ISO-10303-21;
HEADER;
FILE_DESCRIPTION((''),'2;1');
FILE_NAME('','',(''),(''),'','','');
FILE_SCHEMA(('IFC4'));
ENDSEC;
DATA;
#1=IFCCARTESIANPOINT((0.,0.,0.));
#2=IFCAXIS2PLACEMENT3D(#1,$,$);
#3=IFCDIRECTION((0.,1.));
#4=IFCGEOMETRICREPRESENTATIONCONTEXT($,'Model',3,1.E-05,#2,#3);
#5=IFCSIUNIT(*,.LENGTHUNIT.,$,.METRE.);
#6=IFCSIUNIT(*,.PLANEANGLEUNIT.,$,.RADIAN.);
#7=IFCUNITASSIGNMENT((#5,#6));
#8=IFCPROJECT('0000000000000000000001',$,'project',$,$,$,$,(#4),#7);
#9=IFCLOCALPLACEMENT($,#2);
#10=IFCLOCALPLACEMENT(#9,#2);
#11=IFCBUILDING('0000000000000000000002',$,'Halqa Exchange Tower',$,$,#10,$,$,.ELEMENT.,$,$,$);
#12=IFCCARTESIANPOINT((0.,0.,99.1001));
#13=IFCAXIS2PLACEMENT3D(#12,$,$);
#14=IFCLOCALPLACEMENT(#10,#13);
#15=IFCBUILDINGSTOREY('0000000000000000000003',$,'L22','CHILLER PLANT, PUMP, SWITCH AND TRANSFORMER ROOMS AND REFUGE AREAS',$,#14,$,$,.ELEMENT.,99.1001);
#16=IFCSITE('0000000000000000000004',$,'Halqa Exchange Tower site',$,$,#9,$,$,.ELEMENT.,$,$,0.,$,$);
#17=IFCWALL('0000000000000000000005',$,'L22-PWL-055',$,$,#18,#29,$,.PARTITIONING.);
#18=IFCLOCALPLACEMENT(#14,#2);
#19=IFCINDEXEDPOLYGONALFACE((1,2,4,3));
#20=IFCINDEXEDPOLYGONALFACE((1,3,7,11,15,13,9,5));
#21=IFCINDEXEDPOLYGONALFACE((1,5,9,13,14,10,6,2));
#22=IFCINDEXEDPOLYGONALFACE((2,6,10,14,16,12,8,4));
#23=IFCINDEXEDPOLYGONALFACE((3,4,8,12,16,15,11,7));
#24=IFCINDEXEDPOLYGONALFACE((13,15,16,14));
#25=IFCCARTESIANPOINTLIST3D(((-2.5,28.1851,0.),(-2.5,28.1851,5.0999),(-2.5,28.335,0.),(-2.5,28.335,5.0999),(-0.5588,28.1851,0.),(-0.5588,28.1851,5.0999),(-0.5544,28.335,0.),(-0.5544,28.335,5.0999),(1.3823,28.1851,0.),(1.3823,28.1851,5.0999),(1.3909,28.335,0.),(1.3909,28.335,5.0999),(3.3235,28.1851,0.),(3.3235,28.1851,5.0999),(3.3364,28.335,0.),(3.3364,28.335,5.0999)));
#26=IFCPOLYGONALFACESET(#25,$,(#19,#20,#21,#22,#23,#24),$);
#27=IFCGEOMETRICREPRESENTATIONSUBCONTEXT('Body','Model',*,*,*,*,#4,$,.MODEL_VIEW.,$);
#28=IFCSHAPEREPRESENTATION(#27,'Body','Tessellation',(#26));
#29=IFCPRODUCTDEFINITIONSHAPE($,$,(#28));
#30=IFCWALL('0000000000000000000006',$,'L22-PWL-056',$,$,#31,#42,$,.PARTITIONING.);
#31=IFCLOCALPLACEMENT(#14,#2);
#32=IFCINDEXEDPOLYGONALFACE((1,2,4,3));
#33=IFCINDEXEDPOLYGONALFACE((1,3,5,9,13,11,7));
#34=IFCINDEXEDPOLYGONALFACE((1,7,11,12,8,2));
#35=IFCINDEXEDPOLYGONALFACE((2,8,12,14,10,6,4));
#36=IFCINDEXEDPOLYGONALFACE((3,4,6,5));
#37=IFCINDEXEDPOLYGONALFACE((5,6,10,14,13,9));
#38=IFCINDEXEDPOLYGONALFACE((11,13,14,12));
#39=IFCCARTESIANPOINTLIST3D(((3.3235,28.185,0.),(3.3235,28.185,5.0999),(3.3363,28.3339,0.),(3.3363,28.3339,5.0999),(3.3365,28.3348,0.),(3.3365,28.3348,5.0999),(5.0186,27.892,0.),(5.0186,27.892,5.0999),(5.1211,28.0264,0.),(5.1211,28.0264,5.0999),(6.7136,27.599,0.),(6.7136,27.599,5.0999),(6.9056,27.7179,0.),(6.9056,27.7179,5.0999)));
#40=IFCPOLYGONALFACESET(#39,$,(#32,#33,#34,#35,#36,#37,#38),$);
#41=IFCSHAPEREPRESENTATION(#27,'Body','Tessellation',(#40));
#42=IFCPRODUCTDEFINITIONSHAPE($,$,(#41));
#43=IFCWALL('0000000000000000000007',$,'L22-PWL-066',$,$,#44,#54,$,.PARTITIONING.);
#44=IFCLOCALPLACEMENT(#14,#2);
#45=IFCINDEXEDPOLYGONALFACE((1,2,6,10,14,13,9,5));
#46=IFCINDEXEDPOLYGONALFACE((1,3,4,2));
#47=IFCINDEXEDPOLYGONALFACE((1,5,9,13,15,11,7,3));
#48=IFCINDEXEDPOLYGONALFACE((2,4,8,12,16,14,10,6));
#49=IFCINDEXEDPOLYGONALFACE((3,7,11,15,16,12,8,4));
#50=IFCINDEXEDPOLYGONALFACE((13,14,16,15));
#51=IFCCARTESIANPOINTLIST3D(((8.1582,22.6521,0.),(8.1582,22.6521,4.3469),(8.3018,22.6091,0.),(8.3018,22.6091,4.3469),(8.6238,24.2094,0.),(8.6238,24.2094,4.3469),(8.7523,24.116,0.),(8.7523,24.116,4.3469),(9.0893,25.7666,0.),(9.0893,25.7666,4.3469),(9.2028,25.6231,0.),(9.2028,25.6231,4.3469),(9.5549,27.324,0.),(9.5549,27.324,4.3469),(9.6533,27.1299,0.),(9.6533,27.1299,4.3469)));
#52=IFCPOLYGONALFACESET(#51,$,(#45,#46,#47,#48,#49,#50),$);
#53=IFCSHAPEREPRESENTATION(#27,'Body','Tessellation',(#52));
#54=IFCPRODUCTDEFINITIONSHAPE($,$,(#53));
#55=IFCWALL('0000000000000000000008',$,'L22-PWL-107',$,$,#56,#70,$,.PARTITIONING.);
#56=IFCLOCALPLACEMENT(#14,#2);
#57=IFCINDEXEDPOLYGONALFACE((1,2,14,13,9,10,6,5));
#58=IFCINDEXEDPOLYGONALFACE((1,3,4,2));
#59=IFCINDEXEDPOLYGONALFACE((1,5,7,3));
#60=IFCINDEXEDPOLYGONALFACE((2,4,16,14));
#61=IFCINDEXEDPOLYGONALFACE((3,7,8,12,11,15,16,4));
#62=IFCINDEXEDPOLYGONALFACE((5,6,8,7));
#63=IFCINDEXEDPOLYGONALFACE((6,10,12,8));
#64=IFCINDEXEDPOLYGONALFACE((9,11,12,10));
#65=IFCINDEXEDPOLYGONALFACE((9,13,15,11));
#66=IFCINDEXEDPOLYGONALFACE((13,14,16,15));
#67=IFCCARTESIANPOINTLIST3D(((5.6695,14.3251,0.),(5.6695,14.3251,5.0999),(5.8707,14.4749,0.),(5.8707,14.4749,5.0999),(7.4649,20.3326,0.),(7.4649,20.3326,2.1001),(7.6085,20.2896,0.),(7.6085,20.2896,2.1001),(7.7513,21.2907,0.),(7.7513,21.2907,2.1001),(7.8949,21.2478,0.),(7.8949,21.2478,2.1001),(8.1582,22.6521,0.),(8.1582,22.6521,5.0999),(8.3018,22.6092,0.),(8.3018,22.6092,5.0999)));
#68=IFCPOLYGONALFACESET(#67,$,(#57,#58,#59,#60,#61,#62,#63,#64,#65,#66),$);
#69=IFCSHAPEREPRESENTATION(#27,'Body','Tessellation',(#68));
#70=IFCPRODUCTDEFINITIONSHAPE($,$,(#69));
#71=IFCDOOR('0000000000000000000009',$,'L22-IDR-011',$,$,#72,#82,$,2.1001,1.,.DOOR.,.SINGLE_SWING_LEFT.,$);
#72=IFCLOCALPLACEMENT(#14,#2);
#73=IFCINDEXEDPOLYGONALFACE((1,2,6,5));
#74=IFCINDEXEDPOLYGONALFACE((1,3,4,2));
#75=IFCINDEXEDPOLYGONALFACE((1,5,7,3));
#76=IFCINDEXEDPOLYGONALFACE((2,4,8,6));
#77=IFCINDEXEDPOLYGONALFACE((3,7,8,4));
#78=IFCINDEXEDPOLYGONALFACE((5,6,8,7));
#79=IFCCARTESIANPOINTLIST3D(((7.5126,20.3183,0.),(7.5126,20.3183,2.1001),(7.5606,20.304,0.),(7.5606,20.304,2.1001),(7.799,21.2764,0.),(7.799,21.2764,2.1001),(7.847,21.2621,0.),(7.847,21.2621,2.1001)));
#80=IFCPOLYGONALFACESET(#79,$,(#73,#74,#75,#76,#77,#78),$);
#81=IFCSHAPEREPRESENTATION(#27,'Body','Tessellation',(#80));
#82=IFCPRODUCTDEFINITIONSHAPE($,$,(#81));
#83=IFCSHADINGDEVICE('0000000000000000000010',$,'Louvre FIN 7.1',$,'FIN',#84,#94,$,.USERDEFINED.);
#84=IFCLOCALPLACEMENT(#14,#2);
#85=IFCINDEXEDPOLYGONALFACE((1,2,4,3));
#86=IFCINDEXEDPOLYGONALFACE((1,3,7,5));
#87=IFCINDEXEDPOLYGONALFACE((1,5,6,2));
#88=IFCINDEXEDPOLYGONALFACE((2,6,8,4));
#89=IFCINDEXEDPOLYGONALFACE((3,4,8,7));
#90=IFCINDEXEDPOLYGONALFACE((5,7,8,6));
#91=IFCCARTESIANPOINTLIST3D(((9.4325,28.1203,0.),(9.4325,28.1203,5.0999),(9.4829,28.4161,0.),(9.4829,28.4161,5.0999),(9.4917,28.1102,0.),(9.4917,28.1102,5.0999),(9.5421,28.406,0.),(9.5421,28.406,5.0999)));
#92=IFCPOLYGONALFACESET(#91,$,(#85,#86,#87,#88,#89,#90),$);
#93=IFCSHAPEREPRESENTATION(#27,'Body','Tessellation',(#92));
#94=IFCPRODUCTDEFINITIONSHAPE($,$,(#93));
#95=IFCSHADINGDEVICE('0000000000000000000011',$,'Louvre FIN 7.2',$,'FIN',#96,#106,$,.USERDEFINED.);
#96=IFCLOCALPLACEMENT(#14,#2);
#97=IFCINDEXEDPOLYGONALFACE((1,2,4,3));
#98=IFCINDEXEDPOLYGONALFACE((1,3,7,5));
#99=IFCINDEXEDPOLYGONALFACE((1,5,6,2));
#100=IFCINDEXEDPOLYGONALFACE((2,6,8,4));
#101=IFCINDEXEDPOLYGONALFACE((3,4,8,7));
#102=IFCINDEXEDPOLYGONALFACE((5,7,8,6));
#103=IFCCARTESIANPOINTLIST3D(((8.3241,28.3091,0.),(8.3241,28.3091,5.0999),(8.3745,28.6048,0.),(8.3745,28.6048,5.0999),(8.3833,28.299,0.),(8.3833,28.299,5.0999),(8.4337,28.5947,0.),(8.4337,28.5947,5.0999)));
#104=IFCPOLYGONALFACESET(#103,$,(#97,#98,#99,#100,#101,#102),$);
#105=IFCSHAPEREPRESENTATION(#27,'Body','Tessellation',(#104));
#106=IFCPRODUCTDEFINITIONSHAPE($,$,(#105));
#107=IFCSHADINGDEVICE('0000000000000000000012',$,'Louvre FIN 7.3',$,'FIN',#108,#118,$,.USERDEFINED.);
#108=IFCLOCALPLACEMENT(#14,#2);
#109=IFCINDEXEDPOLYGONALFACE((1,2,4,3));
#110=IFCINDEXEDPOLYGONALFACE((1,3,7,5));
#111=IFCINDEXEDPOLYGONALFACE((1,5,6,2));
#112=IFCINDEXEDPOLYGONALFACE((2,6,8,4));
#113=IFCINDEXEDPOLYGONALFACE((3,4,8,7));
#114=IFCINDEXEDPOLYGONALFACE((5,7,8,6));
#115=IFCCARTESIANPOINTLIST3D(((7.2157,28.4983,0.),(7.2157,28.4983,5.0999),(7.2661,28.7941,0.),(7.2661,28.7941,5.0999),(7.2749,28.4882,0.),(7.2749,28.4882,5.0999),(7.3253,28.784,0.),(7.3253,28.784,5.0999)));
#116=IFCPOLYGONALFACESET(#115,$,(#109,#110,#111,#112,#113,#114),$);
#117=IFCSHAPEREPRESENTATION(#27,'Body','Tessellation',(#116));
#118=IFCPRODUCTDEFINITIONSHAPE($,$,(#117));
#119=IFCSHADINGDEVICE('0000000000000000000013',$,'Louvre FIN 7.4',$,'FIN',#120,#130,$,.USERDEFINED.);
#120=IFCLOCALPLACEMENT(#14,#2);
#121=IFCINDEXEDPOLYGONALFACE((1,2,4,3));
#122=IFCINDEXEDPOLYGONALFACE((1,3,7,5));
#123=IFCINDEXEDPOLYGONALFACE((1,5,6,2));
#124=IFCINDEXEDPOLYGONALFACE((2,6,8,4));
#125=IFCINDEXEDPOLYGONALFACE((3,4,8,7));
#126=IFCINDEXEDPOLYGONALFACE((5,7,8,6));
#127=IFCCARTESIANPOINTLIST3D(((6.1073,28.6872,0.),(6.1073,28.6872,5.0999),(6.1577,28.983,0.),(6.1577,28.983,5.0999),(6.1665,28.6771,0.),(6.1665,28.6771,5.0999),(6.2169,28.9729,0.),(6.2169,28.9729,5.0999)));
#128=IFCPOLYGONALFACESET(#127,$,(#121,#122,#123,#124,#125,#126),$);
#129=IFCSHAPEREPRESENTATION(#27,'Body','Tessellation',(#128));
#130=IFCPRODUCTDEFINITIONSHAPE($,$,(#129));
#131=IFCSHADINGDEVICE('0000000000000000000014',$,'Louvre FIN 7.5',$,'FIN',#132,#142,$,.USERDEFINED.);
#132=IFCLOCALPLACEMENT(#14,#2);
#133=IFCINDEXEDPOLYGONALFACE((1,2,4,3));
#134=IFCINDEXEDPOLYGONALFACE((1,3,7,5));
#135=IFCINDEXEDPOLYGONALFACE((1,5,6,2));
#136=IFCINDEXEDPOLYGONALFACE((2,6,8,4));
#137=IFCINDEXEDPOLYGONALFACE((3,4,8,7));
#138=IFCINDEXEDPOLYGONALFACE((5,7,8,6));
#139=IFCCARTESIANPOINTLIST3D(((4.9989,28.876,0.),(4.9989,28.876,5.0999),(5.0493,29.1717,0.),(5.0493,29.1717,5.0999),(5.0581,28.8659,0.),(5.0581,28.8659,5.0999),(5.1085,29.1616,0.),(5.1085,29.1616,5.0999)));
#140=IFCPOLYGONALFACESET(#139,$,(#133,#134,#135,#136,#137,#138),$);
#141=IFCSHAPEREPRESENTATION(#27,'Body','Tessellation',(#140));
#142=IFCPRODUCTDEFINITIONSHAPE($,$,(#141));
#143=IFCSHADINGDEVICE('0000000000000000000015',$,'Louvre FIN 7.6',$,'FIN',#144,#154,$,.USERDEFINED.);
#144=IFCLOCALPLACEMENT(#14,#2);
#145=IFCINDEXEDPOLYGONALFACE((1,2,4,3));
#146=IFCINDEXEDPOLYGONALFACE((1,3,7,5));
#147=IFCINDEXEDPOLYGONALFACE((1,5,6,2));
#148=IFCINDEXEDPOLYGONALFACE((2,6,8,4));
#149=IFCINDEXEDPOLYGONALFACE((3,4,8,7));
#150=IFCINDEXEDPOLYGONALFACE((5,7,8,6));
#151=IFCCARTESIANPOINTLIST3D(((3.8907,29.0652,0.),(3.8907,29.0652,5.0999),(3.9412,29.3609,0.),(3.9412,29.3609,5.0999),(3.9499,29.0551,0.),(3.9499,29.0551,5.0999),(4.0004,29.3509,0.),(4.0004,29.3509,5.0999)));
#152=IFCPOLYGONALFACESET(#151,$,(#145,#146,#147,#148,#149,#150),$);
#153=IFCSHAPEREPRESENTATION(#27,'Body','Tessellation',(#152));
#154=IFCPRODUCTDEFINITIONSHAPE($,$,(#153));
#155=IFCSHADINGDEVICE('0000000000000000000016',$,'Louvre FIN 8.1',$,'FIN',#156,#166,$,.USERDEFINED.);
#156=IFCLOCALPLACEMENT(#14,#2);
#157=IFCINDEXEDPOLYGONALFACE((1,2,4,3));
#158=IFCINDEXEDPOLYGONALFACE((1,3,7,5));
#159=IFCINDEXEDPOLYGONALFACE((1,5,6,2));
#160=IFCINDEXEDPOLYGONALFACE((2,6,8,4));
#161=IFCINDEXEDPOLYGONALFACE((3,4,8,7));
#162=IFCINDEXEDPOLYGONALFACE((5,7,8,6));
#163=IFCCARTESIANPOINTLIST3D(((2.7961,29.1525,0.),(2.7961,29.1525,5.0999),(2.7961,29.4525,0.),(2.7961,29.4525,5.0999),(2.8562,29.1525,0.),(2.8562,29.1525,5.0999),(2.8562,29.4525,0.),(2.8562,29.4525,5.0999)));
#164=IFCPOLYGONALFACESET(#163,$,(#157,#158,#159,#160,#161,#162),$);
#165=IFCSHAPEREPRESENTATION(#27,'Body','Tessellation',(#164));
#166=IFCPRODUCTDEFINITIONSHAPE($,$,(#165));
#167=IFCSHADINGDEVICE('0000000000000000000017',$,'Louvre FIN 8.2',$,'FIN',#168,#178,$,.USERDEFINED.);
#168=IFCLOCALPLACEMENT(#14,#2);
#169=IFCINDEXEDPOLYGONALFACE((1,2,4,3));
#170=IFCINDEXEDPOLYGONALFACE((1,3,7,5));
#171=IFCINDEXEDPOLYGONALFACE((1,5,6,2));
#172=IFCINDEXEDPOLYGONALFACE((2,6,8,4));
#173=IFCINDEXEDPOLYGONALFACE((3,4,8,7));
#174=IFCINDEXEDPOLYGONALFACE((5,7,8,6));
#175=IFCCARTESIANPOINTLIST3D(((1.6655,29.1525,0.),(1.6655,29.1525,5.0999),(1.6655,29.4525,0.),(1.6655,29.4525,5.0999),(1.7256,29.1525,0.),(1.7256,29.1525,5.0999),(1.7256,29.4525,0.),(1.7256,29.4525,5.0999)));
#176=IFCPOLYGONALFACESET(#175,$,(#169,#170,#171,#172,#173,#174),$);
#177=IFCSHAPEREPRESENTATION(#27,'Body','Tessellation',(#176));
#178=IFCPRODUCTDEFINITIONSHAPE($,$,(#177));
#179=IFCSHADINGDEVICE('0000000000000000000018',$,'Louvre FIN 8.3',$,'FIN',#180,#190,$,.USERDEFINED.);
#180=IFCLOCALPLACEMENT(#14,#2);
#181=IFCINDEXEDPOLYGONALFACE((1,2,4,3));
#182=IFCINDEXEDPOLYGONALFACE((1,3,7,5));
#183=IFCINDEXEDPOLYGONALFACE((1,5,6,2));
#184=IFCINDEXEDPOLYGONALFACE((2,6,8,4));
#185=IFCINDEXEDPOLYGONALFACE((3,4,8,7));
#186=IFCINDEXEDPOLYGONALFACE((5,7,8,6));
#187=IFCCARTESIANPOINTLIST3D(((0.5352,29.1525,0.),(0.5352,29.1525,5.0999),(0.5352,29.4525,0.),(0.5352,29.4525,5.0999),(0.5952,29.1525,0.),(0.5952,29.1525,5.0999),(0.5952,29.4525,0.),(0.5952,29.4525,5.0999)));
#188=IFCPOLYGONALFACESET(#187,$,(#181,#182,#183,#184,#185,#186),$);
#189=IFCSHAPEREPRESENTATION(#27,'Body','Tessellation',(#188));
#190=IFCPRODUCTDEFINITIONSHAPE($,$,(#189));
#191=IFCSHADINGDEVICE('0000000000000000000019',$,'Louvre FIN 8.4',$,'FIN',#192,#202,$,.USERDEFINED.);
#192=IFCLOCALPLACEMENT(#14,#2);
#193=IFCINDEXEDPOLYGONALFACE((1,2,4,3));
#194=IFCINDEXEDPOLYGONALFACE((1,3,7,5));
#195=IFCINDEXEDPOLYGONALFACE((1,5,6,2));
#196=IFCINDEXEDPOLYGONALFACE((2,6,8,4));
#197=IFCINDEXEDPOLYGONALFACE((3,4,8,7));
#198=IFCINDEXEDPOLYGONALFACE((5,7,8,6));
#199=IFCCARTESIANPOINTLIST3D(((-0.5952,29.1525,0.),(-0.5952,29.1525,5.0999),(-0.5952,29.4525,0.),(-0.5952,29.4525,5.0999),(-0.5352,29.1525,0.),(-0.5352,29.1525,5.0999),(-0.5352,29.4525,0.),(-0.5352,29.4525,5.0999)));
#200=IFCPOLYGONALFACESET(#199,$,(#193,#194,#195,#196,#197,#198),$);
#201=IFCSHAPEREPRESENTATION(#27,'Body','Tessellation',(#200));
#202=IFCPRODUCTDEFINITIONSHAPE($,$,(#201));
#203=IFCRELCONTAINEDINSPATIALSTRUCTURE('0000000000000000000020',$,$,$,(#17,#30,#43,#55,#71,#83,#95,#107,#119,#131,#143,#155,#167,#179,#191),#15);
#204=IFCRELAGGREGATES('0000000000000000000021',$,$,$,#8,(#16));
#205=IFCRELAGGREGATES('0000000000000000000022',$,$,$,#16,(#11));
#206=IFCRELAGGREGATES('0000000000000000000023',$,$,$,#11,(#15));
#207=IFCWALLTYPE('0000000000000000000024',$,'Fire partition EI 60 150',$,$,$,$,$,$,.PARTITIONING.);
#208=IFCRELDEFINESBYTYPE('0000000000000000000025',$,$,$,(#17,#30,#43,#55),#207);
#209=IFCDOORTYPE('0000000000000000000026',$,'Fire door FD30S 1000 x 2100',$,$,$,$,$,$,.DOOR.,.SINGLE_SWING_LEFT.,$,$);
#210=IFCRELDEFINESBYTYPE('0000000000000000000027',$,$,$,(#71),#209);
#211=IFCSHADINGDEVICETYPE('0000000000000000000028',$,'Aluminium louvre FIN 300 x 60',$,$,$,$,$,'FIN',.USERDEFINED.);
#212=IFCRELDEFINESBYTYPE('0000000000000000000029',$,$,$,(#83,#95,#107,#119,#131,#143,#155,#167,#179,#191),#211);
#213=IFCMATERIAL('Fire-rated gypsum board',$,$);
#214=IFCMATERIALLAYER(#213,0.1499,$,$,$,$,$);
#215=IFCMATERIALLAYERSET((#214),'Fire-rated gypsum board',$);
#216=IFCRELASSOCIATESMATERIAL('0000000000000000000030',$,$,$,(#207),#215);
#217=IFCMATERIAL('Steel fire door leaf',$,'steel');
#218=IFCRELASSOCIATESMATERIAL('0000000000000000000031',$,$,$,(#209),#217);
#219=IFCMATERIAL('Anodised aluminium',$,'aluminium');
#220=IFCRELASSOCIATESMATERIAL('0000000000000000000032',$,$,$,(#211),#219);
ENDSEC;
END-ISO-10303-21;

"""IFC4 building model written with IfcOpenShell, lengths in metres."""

from ifc_helpers import new_model, si_unit, direction, frame, frame_2d, origin, origin_2d, place, context, subcontext, project, spatial, polyline, rectangle, outline, extrude, material, layer, layer_set, material_profile, profile_set, type_object, element, fill, save


model = new_model("IFC4")

# Units and contexts
model_context = context("Model", 3, precision=1e-05, world=origin(), true_north=direction((0.0, 1.0)))
body_context = subcontext(model_context, "Body", "Model", "MODEL_VIEW")
ifc_project = project(units=[si_unit("LENGTHUNIT", "METRE"), si_unit("PLANEANGLEUNIT", "RADIAN")], contexts=[model_context])

# Site, building, storey
site_placement = place(None, origin())
site = spatial("IfcSite", under=ifc_project, at=site_placement, Name="Halqa Exchange Tower site", CompositionType="ELEMENT", RefElevation=0.0)
building_placement = place(site_placement, origin())
building = spatial("IfcBuilding", under=site, at=building_placement, Name="Halqa Exchange Tower", CompositionType="ELEMENT")
storey_placement = place(building_placement, frame((0.0, 0.0, 99.1001)))
storey = spatial("IfcBuildingStorey", under=building, at=storey_placement, Name="L22", Description="CHILLER PLANT, PUMP, SWITCH AND TRANSFORMER ROOMS AND REFUGE AREAS", CompositionType="ELEMENT", Elevation=99.1001)

# Walls
ifc_material_1 = material(Name="Fire-rated gypsum board")
ifc_layer_1 = layer(ifc_material_1, 0.1499)
ifc_layer_set_1 = layer_set([ifc_layer_1], Name="Fire-rated gypsum board")
wall_type = type_object("IfcWallType", Name="Fire partition EI 60 150", PredefinedType="PARTITIONING", material=ifc_layer_set_1)
wall_1_placement = place(storey_placement, frame((3.3364, 28.26, 0.0), z_axis=(0.0, 0.0, 1.0), x_axis=(-1.0, 0.0, 0.0)))
element("IfcWall", 1, at=wall_1_placement, inside=storey, type_object=wall_type, Name="L22-PWL-055", PredefinedType="PARTITIONING", context=body_context, shape_type="SweptSolid", body=[
    extrude(outline(polyline([(5.8364, 0.075), (3.8953, 0.075), (1.9541, 0.075), (0.0129, 0.075), (0.0, -0.075), (0.0, -0.075), (1.9456, -0.075), (3.8909, -0.075), (5.8364, -0.075), (5.8364, 0.075)])), origin(), (0.0, 0.0, 1.0), 5.0999),
])
wall_2_placement = place(storey_placement, frame((3.3237, 28.261, 0.0), z_axis=(0.0, 0.0, 1.0), x_axis=(0.985387, -0.170331, 0.0)))
element("IfcWall", 2, at=wall_2_placement, inside=storey, type_object=wall_type, Name="L22-PWL-056", PredefinedType="PARTITIONING", context=body_context, shape_type="SweptSolid", body=[
    extrude(outline(polyline([(0.0127, -0.075), (1.7329, -0.075), (3.4531, -0.075), (3.6221, 0.075), (1.811, 0.075), (0.0, 0.075), (0.0, 0.074), (0.0127, -0.075)])), origin(), (0.0, 0.0, 1.0), 5.0999),
])
wall_3_placement = place(storey_placement, frame((9.6267, 27.3025, 0.0), z_axis=(0.0, 0.0, 1.0), x_axis=(-0.286438, -0.958099, 0.0)))
element("IfcWall", 3, at=wall_3_placement, inside=storey, type_object=wall_type, Name="L22-PWL-066", PredefinedType="PARTITIONING", context=body_context, shape_type="SweptSolid", body=[
    extrude(outline(polyline([(4.8762, 0.075), (3.3035, 0.075), (1.7305, 0.075), (0.1577, 0.075), (0.0, -0.075), (1.6255, -0.075), (3.2507, -0.075), (4.8762, -0.075), (4.8762, 0.075)])), origin(), (0.0, 0.0, 1.0), 4.3469),
])

# Wall, opening, door
wall_4_placement = place(storey_placement, frame((8.23, 22.6306, 0.0), z_axis=(0.0, 0.0, 1.0), x_axis=(-0.286358, -0.958123, 0.0)))
wall_4 = element("IfcWall", 4, at=wall_4_placement, inside=storey, type_object=wall_type, Name="L22-PWL-107", PredefinedType="PARTITIONING", context=body_context, shape_type="SweptSolid", body=[
    extrude(outline(polyline([(0.0, -0.075), (1.7383, -0.075), (3.4763, -0.075), (5.2146, -0.075), (6.9526, -0.075), (8.6909, -0.075), (8.4897, 0.075), (6.7917, 0.075), (5.0938, 0.075), (3.3958, 0.075), (1.698, 0.075), (0.0, 0.075), (0.0, -0.075)])), origin(), (0.0, 0.0, 1.0), 5.0999),
])
opening_placement = place(wall_4_placement, frame((1.4209, 0.0, 0.0)))
opening = element("IfcOpeningElement", 5, at=opening_placement, cuts=wall_4, PredefinedType="OPENING", context=body_context, shape_type="SweptSolid", body=[
    extrude(rectangle(XDim=1.0, YDim=2.1001, at=frame_2d((0.5, 1.05))), frame((0.0, 0.0869, 0.0), z_axis=(0.0, -1.0, 0.0), x_axis=(1.0, 0.0, 0.0)), (0.0, 0.0, 1.0), 0.1738),
])
ifc_material_2 = material(Name="Steel fire door leaf", Category="steel")
door_type = type_object("IfcDoorType", Name="Fire door FD30S 1000 x 2100", OperationType="SINGLE_SWING_LEFT", PredefinedType="DOOR", material=ifc_material_2)
door_placement = place(opening_placement, origin())
door = element("IfcDoor", 6, at=door_placement, inside=storey, type_object=door_type, Name="L22-IDR-011", OperationType="SINGLE_SWING_LEFT", OverallHeight=2.1001, OverallWidth=1.0, PredefinedType="DOOR", context=body_context, shape_type="SweptSolid", body=[
    extrude(rectangle(XDim=1.0, YDim=2.1001, at=frame_2d((0.5, 1.05))), frame((0.0, 0.0249, 0.0), z_axis=(0.0, -1.0, 0.0), x_axis=(1.0, 0.0, 0.0)), (0.0, 0.0, 1.0), 0.05),
])
fill(opening, door)

# Shading devices
ifc_material_3 = material(Name="Anodised aluminium", Category="aluminium")
ifc_material_profile_1 = material_profile(ifc_material_3, rectangle(XDim=0.3, YDim=0.0601, at=origin_2d()), Name="AL FIN 300x60")
ifc_profile_set_1 = profile_set([ifc_material_profile_1], Name="Anodised aluminium")
shading_device_type = type_object("IfcShadingDeviceType", Name="Aluminium louvre FIN 300 x 60", ElementType="FIN", PredefinedType="USERDEFINED", material=ifc_profile_set_1)
for number, where, z_axis, x_axis, name in (
    (7, (9.4873, 28.2632, 0.0), (0.0, 0.0, 1.0), (-0.168068, -0.985775, 0.0), "Louvre FIN 7.1"),
    (8, (8.3789, 28.4519, 0.0), (0.0, 0.0, 1.0), (-0.168068, -0.985775, 0.0), "Louvre FIN 7.2"),
    (9, (7.2705, 28.6411, 0.0), (0.0, 0.0, 1.0), (-0.168068, -0.985775, 0.0), "Louvre FIN 7.3"),
    (10, (6.1621, 28.8301, 0.0), (0.0, 0.0, 1.0), (-0.168068, -0.985775, 0.0), "Louvre FIN 7.4"),
    (11, (5.0537, 29.0188, 0.0), (0.0, 0.0, 1.0), (-0.168068, -0.985775, 0.0), "Louvre FIN 7.5"),
    (12, (3.9456, 29.208, 0.0), (0.0, 0.0, 1.0), (-0.168068, -0.985775, 0.0), "Louvre FIN 7.6"),
    (13, (2.8262, 29.3025, 0.0), (0.0, 0.0, 1.0), (0.0, -1.0, 0.0), "Louvre FIN 8.1"),
    (14, (1.6956, 29.3025, 0.0), (0.0, 0.0, 1.0), (0.0, -1.0, 0.0), "Louvre FIN 8.2"),
    (15, (0.5652, 29.3025, 0.0), (0.0, 0.0, 1.0), (0.0, -1.0, 0.0), "Louvre FIN 8.3"),
    (16, (-0.5652, 29.3025, 0.0), (0.0, 0.0, 1.0), (0.0, -1.0, 0.0), "Louvre FIN 8.4"),
):
    element("IfcShadingDevice", number, at=place(storey_placement, frame(where, z_axis=z_axis, x_axis=x_axis)), inside=storey, type_object=shading_device_type, Name=name, ObjectType="FIN", PredefinedType="USERDEFINED", context=body_context, shape_type="SweptSolid", body=[
        extrude(rectangle(XDim=0.3, YDim=0.0601, at=origin_2d()), origin(), (0.0, 0.0, 1.0), 5.0999),
    ])

save(model, "model.ifc")
